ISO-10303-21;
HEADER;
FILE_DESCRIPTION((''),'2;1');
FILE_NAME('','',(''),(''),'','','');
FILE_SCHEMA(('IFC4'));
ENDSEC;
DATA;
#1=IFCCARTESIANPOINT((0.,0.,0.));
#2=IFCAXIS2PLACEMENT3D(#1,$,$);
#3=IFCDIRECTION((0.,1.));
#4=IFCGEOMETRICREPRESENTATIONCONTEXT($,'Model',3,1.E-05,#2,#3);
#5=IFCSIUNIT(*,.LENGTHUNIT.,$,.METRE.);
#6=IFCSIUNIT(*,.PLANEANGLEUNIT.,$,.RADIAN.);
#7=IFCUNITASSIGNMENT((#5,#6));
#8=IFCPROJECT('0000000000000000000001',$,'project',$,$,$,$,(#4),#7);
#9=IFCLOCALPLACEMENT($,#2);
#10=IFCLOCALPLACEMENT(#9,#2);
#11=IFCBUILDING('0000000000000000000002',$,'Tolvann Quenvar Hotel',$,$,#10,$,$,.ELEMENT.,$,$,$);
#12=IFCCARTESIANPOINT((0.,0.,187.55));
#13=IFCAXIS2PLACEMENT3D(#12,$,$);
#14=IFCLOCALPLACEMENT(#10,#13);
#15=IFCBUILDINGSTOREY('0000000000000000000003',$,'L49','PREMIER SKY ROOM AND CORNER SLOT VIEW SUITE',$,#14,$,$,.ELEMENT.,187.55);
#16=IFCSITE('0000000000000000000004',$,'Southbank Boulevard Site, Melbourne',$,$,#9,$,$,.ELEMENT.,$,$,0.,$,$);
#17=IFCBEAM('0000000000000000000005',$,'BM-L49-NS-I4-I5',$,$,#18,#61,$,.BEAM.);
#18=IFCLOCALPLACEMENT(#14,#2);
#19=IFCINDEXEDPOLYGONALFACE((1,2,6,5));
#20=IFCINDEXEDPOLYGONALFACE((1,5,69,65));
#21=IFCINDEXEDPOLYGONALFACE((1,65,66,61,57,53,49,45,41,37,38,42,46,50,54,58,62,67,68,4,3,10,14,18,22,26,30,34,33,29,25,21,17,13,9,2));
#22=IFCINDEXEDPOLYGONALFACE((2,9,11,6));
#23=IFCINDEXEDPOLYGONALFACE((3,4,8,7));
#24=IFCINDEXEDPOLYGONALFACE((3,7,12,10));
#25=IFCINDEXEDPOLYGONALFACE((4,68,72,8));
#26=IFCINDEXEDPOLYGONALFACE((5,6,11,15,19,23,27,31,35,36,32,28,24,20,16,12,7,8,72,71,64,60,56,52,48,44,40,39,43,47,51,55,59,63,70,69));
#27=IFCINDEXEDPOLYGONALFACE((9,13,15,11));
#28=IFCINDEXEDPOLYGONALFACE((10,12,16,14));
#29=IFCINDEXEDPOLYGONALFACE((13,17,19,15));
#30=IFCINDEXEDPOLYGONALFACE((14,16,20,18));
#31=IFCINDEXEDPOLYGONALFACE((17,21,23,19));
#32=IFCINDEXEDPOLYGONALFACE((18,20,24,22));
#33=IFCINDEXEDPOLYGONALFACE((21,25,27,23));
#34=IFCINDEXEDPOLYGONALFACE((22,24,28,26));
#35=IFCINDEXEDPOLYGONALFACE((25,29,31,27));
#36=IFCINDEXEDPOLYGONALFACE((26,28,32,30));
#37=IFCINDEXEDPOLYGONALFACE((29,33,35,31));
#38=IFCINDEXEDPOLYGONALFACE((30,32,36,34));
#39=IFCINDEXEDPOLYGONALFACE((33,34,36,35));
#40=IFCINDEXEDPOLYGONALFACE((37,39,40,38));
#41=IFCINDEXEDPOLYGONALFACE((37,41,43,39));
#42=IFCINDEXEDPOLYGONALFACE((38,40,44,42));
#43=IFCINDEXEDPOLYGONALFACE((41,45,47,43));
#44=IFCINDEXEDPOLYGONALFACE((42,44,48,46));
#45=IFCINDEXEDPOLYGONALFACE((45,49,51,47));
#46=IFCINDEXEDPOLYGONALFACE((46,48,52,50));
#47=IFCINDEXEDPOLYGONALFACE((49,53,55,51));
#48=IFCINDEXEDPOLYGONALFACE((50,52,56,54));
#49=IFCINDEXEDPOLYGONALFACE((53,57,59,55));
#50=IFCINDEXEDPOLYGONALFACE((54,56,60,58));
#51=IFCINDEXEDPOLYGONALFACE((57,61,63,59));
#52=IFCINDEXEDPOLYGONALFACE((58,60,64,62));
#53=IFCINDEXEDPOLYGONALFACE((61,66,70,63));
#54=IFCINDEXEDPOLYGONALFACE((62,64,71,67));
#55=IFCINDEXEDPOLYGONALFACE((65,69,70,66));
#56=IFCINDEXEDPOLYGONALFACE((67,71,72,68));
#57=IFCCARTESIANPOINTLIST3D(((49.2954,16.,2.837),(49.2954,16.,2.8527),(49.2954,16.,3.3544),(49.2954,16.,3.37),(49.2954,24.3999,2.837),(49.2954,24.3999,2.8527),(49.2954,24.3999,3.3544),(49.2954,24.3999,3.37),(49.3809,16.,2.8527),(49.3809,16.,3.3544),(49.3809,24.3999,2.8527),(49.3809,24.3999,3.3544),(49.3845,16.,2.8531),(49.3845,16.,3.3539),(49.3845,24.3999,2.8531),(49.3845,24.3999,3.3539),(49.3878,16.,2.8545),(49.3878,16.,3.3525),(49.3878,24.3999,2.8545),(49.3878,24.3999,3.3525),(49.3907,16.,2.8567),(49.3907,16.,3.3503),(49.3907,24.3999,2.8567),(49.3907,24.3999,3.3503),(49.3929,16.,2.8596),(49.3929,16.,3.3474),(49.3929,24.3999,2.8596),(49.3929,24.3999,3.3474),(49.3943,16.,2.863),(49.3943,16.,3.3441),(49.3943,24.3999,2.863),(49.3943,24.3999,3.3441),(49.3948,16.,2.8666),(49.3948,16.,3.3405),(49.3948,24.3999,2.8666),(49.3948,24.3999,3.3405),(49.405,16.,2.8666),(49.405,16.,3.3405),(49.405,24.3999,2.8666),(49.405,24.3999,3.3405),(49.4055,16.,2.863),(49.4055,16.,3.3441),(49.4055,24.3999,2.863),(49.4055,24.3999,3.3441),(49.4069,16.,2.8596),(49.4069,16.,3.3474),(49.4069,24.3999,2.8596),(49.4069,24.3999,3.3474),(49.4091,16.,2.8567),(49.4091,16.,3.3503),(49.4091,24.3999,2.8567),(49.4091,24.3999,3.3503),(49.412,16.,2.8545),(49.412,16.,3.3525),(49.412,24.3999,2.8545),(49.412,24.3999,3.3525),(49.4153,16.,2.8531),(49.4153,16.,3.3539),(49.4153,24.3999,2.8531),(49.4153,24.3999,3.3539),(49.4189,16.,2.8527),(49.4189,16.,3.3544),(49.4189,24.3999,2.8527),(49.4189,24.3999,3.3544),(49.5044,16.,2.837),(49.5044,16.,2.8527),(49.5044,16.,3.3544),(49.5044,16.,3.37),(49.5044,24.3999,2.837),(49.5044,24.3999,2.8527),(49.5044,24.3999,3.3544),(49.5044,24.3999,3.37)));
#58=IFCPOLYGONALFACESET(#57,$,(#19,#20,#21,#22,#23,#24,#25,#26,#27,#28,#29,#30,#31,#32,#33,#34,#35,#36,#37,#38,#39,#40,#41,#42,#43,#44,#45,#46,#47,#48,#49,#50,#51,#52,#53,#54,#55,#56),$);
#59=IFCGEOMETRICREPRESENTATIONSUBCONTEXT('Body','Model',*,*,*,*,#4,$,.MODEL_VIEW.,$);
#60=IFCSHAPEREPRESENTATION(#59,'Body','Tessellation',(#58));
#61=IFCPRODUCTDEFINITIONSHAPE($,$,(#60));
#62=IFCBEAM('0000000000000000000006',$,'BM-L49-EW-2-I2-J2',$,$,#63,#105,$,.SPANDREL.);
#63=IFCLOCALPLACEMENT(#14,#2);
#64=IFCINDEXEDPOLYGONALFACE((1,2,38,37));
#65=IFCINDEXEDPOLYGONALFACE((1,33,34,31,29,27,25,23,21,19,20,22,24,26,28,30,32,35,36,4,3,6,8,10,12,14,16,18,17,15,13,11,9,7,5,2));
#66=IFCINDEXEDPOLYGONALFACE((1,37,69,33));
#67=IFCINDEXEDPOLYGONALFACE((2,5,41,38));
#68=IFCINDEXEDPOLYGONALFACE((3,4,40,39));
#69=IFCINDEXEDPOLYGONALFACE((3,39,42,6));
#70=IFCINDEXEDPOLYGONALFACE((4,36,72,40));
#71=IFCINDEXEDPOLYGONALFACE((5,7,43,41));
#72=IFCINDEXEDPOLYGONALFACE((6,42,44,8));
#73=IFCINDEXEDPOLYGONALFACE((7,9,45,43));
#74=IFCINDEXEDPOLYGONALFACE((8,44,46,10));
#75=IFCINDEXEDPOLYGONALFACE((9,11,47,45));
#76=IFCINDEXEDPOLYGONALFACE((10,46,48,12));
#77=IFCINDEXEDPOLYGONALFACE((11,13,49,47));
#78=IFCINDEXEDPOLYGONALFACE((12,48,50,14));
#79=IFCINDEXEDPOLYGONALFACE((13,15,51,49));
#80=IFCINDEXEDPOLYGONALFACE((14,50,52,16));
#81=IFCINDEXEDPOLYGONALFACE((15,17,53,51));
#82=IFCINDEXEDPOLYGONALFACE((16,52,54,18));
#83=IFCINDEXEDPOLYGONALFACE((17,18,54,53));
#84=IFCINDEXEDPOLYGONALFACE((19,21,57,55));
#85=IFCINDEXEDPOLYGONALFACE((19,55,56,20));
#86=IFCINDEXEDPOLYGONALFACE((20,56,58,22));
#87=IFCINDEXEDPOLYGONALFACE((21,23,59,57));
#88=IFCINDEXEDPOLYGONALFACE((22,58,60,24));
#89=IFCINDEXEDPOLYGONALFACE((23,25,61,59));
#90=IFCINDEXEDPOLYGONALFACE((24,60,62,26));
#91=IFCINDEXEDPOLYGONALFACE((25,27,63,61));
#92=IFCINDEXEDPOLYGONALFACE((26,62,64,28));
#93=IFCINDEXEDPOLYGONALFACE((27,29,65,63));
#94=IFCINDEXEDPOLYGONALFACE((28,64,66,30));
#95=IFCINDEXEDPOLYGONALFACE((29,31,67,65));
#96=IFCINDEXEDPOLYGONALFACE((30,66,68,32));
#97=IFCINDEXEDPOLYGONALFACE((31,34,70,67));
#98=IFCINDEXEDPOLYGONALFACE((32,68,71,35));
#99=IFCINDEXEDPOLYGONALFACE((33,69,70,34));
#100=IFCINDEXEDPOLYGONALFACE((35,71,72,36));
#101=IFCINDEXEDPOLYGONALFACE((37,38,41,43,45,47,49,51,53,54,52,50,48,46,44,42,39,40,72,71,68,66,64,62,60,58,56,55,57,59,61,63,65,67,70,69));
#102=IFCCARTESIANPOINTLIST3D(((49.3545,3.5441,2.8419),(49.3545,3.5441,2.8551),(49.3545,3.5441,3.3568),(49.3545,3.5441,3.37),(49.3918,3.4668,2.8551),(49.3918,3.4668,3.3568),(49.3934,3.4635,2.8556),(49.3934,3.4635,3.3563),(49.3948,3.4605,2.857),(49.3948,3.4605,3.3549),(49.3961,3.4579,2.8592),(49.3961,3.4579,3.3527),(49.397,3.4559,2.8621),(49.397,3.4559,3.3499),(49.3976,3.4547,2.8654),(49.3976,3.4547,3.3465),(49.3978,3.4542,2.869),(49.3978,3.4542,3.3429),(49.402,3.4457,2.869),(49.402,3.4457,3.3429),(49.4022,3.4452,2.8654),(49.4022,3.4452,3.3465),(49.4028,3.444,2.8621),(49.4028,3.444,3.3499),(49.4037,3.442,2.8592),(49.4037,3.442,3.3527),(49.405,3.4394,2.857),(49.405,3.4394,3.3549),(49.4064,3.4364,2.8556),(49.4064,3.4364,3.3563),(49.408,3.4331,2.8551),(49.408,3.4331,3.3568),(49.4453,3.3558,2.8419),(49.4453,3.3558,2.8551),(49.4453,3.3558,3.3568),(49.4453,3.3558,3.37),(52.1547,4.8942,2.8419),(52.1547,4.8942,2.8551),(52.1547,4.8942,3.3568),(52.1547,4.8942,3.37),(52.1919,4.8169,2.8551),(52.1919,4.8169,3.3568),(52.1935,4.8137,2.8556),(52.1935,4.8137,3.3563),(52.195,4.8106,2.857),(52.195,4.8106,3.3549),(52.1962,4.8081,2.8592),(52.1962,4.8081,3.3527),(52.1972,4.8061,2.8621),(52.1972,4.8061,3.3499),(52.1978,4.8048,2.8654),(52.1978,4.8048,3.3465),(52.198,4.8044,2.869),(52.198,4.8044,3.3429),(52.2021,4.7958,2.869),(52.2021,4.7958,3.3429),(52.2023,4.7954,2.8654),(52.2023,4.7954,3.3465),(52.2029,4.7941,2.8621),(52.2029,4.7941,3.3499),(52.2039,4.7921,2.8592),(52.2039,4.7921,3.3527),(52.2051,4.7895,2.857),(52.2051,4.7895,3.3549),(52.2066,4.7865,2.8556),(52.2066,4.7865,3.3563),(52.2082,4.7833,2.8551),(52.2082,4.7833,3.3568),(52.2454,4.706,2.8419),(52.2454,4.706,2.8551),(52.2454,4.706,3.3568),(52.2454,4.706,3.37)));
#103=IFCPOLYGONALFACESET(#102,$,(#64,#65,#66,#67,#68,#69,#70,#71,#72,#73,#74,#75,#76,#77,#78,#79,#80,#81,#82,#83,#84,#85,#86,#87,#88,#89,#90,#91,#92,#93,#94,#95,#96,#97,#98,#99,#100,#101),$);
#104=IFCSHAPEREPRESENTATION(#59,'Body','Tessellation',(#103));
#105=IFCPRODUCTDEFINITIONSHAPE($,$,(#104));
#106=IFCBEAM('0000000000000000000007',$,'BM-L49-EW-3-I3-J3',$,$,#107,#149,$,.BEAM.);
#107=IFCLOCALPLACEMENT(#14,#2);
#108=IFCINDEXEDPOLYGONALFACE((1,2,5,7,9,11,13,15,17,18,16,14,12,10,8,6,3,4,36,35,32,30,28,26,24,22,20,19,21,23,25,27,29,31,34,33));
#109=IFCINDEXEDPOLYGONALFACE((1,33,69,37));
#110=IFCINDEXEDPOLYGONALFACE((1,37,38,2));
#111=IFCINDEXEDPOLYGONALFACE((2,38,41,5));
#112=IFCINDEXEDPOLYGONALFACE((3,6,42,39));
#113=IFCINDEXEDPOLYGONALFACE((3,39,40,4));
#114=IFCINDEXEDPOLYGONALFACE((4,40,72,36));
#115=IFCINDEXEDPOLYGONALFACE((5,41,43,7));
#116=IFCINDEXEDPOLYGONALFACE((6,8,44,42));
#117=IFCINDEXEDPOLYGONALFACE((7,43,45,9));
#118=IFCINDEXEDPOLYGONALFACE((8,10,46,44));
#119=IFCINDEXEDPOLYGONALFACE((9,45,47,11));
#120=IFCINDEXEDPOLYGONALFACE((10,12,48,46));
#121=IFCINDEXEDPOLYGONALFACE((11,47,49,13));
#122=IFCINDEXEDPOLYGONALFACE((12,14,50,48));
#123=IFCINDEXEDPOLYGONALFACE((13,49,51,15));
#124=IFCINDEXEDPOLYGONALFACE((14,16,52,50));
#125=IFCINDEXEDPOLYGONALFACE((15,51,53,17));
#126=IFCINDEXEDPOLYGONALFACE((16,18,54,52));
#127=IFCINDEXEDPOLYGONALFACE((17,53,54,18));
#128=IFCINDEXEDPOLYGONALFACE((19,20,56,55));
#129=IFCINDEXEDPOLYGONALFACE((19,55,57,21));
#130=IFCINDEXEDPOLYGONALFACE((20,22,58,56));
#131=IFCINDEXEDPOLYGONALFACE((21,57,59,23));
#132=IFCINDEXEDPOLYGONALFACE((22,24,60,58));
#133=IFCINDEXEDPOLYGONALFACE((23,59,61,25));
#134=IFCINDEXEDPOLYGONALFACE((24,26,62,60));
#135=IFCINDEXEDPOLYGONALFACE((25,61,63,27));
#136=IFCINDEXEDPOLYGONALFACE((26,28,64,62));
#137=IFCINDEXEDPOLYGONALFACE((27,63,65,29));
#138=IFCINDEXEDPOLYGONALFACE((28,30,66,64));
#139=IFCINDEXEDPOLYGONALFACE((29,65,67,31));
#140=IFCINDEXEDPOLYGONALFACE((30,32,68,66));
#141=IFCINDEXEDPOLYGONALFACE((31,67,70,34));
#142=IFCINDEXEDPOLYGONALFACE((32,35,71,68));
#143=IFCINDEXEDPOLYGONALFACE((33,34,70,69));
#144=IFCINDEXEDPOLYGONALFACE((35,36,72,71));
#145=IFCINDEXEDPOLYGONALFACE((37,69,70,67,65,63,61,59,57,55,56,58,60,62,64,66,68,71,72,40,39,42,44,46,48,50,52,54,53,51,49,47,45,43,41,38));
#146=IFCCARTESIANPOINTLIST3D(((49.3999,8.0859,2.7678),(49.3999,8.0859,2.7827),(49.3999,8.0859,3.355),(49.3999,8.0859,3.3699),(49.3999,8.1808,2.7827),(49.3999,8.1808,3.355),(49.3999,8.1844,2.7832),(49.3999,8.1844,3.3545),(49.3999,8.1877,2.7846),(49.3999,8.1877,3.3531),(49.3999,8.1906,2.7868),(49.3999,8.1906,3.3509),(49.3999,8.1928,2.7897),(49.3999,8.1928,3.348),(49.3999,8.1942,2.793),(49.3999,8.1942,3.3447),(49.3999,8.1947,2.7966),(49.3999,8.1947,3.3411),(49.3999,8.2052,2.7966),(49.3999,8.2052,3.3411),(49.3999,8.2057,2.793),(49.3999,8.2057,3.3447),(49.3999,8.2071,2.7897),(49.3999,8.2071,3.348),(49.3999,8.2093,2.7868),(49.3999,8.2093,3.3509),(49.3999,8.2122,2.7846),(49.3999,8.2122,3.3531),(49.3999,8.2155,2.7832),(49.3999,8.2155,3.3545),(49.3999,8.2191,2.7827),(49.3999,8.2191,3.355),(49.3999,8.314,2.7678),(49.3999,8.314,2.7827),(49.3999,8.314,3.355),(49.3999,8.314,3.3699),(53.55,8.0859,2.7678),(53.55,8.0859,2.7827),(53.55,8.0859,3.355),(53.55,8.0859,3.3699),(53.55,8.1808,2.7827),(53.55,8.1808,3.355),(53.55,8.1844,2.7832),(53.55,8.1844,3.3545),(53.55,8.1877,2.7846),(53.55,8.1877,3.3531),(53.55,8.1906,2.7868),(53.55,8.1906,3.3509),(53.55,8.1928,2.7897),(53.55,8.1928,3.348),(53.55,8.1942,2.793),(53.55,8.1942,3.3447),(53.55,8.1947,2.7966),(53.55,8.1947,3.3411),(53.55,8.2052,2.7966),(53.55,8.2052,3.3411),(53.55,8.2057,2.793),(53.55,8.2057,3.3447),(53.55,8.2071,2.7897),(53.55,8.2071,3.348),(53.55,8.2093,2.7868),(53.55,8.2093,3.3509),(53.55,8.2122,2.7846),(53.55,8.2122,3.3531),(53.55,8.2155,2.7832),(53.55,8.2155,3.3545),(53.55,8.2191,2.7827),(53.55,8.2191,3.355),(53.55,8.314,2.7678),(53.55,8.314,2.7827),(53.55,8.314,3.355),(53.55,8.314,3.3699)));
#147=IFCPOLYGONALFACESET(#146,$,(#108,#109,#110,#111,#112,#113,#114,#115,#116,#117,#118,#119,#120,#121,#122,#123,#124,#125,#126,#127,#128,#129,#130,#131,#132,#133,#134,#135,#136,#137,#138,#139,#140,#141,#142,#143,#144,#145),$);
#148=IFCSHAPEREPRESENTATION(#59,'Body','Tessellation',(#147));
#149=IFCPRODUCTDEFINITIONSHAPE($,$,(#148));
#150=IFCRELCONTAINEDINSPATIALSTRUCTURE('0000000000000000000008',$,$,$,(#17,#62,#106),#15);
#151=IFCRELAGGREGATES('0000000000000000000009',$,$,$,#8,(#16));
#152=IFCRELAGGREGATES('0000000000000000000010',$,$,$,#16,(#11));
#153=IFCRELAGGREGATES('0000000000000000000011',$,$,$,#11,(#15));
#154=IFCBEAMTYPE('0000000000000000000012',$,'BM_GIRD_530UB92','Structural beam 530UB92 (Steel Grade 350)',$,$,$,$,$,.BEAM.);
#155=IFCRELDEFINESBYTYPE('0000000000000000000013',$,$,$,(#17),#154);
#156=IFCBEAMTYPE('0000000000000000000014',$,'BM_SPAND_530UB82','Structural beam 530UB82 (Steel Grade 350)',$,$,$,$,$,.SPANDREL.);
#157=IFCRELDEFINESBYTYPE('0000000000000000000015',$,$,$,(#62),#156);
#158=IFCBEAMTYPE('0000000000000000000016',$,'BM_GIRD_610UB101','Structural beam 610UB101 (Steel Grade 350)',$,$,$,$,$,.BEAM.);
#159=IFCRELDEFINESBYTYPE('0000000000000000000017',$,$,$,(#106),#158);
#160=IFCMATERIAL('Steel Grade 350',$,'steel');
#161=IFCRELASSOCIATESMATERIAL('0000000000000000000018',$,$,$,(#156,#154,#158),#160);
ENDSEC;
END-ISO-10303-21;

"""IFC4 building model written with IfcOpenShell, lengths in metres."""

from ifc_helpers import new_model, si_unit, direction, frame, origin, origin_2d, place, context, subcontext, project, spatial, i_section, extrude, source, transform, mapped, material, material_profile, profile_set, type_object, type_shapes, element, save


model = new_model("IFC4")

# Units and contexts
model_context = context("Model", 3, precision=1e-05, world=origin(), true_north=direction((0.0, 1.0)))
body_context = subcontext(model_context, "Body", "Model", "MODEL_VIEW")
ifc_project = project(units=[si_unit("LENGTHUNIT", "METRE"), si_unit("PLANEANGLEUNIT", "RADIAN")], contexts=[model_context])

# Site, building, storey
site_placement = place(None, origin())
site = spatial("IfcSite", under=ifc_project, at=site_placement, Name="Southbank Boulevard Site, Melbourne", CompositionType="ELEMENT", RefElevation=0.0)
building_placement = place(site_placement, origin())
building = spatial("IfcBuilding", under=site, at=building_placement, Name="Tolvann Quenvar Hotel", CompositionType="ELEMENT")
storey_placement = place(building_placement, frame((0.0, 0.0, 187.55)))
storey = spatial("IfcBuildingStorey", under=building, at=storey_placement, Name="L49", Description="PREMIER SKY ROOM AND CORNER SLOT VIEW SUITE", CompositionType="ELEMENT", Elevation=187.55)

# Shared definitions
ifc_material_1 = material(Name="Steel Grade 350", Category="steel")

# Beams
ifc_material_profile_1 = material_profile(ifc_material_1, i_section(OverallWidth=0.209, OverallDepth=0.5281, WebThickness=0.0095, FlangeThickness=0.0132, FilletRadius=0.0139, at=origin_2d()), Name="530UB82")
ifc_profile_set_1 = profile_set([ifc_material_profile_1], Name="Steel Grade 350")
beam_type_1 = type_object("IfcBeamType", Name="BM_SPAND_530UB82", Description="Structural beam 530UB82 (Steel Grade 350)", PredefinedType="SPANDREL", material=ifc_profile_set_1)
ifc_material_profile_2 = material_profile(ifc_material_1, i_section(OverallWidth=0.209, OverallDepth=0.533, WebThickness=0.0103, FlangeThickness=0.0156, FilletRadius=0.0139, at=origin_2d()), Name="530UB92")
ifc_profile_set_2 = profile_set([ifc_material_profile_2], Name="Steel Grade 350")
beam_type_2 = type_object("IfcBeamType", Name="BM_GIRD_530UB92", Description="Structural beam 530UB92 (Steel Grade 350)", PredefinedType="BEAM", material=ifc_profile_set_2)
shared_shape_1 = source(origin(), body_context, "Body", "SweptSolid", [
    extrude(i_section(OverallWidth=0.209, OverallDepth=0.533, WebThickness=0.0103, FlangeThickness=0.0156, FilletRadius=0.0139, at=origin_2d()), origin(), (0.0, 0.0, 1.0), 8.3999),
])
beam_1_placement = place(storey_placement, frame((49.3999, 16.0, 3.1035), z_axis=(0.0, 1.0, 0.0), x_axis=(-1.0, 0.0, 0.0)))
element("IfcBeam", 1, at=beam_1_placement, inside=storey, type_object=beam_type_2, Name="BM-L49-NS-I4-I5", PredefinedType="BEAM", context=body_context, shape_type="MappedRepresentation", body=[
    mapped(shared_shape_1, transform((0.0, 0.0, 0.0), x_axis=(1.0, 0.0, 0.0), y_axis=(0.0, 1.0, 0.0), z_axis=(0.0, 0.0, 1.0), scale=1.0)),
])
shared_shape_2 = source(origin(), body_context, "Body", "SweptSolid", [
    extrude(i_section(OverallWidth=0.209, OverallDepth=0.5281, WebThickness=0.0095, FlangeThickness=0.0132, FilletRadius=0.0139, at=origin_2d()), origin(), (0.0, 0.0, 1.0), 3.1086),
])
beam_2_placement = place(storey_placement, frame((49.3999, 3.45, 3.106), z_axis=(0.900759, 0.434319, 0.0), x_axis=(-0.434319, 0.900759, 0.0)))
element("IfcBeam", 2, at=beam_2_placement, inside=storey, type_object=beam_type_1, Name="BM-L49-EW-2-I2-J2", PredefinedType="SPANDREL", context=body_context, shape_type="MappedRepresentation", body=[
    mapped(shared_shape_2, transform((0.0, 0.0, 0.0), x_axis=(1.0, 0.0, 0.0), y_axis=(0.0, 1.0, 0.0), z_axis=(0.0, 0.0, 1.0), scale=1.0)),
])
ifc_material_profile_3 = material_profile(ifc_material_1, i_section(OverallWidth=0.228, OverallDepth=0.6021, WebThickness=0.0105, FlangeThickness=0.0149, FilletRadius=0.0139, at=origin_2d()), Name="610UB101")
ifc_profile_set_3 = profile_set([ifc_material_profile_3], Name="Steel Grade 350")
beam_type_3 = type_object("IfcBeamType", Name="BM_GIRD_610UB101", Description="Structural beam 610UB101 (Steel Grade 350)", PredefinedType="BEAM", material=ifc_profile_set_3)
shared_shape_3 = source(origin(), body_context, "Body", "SweptSolid", [
    extrude(i_section(OverallWidth=0.228, OverallDepth=0.6021, WebThickness=0.0105, FlangeThickness=0.0149, FilletRadius=0.0139, at=origin_2d()), origin(), (0.0, 0.0, 1.0), 4.1501),
])
type_shapes(beam_type_3, [shared_shape_3])
for number, where, z_axis, x_axis, name in (
    (3, (49.3999, 8.2, 3.0688), (1.0, 0.0, 0.0), (0.0, 1.0, 0.0), "BM-L49-EW-3-I3-J3"),
):
    element("IfcBeam", number, at=place(storey_placement, frame(where, z_axis=z_axis, x_axis=x_axis)), inside=storey, type_object=beam_type_3, Name=name, PredefinedType="BEAM", context=body_context, shape_type="MappedRepresentation", body=[
        mapped(shared_shape_3, transform((0.0, 0.0, 0.0), x_axis=(1.0, 0.0, 0.0), y_axis=(0.0, 1.0, 0.0), z_axis=(0.0, 0.0, 1.0), scale=1.0)),
    ])

save(model, "model.ifc")
